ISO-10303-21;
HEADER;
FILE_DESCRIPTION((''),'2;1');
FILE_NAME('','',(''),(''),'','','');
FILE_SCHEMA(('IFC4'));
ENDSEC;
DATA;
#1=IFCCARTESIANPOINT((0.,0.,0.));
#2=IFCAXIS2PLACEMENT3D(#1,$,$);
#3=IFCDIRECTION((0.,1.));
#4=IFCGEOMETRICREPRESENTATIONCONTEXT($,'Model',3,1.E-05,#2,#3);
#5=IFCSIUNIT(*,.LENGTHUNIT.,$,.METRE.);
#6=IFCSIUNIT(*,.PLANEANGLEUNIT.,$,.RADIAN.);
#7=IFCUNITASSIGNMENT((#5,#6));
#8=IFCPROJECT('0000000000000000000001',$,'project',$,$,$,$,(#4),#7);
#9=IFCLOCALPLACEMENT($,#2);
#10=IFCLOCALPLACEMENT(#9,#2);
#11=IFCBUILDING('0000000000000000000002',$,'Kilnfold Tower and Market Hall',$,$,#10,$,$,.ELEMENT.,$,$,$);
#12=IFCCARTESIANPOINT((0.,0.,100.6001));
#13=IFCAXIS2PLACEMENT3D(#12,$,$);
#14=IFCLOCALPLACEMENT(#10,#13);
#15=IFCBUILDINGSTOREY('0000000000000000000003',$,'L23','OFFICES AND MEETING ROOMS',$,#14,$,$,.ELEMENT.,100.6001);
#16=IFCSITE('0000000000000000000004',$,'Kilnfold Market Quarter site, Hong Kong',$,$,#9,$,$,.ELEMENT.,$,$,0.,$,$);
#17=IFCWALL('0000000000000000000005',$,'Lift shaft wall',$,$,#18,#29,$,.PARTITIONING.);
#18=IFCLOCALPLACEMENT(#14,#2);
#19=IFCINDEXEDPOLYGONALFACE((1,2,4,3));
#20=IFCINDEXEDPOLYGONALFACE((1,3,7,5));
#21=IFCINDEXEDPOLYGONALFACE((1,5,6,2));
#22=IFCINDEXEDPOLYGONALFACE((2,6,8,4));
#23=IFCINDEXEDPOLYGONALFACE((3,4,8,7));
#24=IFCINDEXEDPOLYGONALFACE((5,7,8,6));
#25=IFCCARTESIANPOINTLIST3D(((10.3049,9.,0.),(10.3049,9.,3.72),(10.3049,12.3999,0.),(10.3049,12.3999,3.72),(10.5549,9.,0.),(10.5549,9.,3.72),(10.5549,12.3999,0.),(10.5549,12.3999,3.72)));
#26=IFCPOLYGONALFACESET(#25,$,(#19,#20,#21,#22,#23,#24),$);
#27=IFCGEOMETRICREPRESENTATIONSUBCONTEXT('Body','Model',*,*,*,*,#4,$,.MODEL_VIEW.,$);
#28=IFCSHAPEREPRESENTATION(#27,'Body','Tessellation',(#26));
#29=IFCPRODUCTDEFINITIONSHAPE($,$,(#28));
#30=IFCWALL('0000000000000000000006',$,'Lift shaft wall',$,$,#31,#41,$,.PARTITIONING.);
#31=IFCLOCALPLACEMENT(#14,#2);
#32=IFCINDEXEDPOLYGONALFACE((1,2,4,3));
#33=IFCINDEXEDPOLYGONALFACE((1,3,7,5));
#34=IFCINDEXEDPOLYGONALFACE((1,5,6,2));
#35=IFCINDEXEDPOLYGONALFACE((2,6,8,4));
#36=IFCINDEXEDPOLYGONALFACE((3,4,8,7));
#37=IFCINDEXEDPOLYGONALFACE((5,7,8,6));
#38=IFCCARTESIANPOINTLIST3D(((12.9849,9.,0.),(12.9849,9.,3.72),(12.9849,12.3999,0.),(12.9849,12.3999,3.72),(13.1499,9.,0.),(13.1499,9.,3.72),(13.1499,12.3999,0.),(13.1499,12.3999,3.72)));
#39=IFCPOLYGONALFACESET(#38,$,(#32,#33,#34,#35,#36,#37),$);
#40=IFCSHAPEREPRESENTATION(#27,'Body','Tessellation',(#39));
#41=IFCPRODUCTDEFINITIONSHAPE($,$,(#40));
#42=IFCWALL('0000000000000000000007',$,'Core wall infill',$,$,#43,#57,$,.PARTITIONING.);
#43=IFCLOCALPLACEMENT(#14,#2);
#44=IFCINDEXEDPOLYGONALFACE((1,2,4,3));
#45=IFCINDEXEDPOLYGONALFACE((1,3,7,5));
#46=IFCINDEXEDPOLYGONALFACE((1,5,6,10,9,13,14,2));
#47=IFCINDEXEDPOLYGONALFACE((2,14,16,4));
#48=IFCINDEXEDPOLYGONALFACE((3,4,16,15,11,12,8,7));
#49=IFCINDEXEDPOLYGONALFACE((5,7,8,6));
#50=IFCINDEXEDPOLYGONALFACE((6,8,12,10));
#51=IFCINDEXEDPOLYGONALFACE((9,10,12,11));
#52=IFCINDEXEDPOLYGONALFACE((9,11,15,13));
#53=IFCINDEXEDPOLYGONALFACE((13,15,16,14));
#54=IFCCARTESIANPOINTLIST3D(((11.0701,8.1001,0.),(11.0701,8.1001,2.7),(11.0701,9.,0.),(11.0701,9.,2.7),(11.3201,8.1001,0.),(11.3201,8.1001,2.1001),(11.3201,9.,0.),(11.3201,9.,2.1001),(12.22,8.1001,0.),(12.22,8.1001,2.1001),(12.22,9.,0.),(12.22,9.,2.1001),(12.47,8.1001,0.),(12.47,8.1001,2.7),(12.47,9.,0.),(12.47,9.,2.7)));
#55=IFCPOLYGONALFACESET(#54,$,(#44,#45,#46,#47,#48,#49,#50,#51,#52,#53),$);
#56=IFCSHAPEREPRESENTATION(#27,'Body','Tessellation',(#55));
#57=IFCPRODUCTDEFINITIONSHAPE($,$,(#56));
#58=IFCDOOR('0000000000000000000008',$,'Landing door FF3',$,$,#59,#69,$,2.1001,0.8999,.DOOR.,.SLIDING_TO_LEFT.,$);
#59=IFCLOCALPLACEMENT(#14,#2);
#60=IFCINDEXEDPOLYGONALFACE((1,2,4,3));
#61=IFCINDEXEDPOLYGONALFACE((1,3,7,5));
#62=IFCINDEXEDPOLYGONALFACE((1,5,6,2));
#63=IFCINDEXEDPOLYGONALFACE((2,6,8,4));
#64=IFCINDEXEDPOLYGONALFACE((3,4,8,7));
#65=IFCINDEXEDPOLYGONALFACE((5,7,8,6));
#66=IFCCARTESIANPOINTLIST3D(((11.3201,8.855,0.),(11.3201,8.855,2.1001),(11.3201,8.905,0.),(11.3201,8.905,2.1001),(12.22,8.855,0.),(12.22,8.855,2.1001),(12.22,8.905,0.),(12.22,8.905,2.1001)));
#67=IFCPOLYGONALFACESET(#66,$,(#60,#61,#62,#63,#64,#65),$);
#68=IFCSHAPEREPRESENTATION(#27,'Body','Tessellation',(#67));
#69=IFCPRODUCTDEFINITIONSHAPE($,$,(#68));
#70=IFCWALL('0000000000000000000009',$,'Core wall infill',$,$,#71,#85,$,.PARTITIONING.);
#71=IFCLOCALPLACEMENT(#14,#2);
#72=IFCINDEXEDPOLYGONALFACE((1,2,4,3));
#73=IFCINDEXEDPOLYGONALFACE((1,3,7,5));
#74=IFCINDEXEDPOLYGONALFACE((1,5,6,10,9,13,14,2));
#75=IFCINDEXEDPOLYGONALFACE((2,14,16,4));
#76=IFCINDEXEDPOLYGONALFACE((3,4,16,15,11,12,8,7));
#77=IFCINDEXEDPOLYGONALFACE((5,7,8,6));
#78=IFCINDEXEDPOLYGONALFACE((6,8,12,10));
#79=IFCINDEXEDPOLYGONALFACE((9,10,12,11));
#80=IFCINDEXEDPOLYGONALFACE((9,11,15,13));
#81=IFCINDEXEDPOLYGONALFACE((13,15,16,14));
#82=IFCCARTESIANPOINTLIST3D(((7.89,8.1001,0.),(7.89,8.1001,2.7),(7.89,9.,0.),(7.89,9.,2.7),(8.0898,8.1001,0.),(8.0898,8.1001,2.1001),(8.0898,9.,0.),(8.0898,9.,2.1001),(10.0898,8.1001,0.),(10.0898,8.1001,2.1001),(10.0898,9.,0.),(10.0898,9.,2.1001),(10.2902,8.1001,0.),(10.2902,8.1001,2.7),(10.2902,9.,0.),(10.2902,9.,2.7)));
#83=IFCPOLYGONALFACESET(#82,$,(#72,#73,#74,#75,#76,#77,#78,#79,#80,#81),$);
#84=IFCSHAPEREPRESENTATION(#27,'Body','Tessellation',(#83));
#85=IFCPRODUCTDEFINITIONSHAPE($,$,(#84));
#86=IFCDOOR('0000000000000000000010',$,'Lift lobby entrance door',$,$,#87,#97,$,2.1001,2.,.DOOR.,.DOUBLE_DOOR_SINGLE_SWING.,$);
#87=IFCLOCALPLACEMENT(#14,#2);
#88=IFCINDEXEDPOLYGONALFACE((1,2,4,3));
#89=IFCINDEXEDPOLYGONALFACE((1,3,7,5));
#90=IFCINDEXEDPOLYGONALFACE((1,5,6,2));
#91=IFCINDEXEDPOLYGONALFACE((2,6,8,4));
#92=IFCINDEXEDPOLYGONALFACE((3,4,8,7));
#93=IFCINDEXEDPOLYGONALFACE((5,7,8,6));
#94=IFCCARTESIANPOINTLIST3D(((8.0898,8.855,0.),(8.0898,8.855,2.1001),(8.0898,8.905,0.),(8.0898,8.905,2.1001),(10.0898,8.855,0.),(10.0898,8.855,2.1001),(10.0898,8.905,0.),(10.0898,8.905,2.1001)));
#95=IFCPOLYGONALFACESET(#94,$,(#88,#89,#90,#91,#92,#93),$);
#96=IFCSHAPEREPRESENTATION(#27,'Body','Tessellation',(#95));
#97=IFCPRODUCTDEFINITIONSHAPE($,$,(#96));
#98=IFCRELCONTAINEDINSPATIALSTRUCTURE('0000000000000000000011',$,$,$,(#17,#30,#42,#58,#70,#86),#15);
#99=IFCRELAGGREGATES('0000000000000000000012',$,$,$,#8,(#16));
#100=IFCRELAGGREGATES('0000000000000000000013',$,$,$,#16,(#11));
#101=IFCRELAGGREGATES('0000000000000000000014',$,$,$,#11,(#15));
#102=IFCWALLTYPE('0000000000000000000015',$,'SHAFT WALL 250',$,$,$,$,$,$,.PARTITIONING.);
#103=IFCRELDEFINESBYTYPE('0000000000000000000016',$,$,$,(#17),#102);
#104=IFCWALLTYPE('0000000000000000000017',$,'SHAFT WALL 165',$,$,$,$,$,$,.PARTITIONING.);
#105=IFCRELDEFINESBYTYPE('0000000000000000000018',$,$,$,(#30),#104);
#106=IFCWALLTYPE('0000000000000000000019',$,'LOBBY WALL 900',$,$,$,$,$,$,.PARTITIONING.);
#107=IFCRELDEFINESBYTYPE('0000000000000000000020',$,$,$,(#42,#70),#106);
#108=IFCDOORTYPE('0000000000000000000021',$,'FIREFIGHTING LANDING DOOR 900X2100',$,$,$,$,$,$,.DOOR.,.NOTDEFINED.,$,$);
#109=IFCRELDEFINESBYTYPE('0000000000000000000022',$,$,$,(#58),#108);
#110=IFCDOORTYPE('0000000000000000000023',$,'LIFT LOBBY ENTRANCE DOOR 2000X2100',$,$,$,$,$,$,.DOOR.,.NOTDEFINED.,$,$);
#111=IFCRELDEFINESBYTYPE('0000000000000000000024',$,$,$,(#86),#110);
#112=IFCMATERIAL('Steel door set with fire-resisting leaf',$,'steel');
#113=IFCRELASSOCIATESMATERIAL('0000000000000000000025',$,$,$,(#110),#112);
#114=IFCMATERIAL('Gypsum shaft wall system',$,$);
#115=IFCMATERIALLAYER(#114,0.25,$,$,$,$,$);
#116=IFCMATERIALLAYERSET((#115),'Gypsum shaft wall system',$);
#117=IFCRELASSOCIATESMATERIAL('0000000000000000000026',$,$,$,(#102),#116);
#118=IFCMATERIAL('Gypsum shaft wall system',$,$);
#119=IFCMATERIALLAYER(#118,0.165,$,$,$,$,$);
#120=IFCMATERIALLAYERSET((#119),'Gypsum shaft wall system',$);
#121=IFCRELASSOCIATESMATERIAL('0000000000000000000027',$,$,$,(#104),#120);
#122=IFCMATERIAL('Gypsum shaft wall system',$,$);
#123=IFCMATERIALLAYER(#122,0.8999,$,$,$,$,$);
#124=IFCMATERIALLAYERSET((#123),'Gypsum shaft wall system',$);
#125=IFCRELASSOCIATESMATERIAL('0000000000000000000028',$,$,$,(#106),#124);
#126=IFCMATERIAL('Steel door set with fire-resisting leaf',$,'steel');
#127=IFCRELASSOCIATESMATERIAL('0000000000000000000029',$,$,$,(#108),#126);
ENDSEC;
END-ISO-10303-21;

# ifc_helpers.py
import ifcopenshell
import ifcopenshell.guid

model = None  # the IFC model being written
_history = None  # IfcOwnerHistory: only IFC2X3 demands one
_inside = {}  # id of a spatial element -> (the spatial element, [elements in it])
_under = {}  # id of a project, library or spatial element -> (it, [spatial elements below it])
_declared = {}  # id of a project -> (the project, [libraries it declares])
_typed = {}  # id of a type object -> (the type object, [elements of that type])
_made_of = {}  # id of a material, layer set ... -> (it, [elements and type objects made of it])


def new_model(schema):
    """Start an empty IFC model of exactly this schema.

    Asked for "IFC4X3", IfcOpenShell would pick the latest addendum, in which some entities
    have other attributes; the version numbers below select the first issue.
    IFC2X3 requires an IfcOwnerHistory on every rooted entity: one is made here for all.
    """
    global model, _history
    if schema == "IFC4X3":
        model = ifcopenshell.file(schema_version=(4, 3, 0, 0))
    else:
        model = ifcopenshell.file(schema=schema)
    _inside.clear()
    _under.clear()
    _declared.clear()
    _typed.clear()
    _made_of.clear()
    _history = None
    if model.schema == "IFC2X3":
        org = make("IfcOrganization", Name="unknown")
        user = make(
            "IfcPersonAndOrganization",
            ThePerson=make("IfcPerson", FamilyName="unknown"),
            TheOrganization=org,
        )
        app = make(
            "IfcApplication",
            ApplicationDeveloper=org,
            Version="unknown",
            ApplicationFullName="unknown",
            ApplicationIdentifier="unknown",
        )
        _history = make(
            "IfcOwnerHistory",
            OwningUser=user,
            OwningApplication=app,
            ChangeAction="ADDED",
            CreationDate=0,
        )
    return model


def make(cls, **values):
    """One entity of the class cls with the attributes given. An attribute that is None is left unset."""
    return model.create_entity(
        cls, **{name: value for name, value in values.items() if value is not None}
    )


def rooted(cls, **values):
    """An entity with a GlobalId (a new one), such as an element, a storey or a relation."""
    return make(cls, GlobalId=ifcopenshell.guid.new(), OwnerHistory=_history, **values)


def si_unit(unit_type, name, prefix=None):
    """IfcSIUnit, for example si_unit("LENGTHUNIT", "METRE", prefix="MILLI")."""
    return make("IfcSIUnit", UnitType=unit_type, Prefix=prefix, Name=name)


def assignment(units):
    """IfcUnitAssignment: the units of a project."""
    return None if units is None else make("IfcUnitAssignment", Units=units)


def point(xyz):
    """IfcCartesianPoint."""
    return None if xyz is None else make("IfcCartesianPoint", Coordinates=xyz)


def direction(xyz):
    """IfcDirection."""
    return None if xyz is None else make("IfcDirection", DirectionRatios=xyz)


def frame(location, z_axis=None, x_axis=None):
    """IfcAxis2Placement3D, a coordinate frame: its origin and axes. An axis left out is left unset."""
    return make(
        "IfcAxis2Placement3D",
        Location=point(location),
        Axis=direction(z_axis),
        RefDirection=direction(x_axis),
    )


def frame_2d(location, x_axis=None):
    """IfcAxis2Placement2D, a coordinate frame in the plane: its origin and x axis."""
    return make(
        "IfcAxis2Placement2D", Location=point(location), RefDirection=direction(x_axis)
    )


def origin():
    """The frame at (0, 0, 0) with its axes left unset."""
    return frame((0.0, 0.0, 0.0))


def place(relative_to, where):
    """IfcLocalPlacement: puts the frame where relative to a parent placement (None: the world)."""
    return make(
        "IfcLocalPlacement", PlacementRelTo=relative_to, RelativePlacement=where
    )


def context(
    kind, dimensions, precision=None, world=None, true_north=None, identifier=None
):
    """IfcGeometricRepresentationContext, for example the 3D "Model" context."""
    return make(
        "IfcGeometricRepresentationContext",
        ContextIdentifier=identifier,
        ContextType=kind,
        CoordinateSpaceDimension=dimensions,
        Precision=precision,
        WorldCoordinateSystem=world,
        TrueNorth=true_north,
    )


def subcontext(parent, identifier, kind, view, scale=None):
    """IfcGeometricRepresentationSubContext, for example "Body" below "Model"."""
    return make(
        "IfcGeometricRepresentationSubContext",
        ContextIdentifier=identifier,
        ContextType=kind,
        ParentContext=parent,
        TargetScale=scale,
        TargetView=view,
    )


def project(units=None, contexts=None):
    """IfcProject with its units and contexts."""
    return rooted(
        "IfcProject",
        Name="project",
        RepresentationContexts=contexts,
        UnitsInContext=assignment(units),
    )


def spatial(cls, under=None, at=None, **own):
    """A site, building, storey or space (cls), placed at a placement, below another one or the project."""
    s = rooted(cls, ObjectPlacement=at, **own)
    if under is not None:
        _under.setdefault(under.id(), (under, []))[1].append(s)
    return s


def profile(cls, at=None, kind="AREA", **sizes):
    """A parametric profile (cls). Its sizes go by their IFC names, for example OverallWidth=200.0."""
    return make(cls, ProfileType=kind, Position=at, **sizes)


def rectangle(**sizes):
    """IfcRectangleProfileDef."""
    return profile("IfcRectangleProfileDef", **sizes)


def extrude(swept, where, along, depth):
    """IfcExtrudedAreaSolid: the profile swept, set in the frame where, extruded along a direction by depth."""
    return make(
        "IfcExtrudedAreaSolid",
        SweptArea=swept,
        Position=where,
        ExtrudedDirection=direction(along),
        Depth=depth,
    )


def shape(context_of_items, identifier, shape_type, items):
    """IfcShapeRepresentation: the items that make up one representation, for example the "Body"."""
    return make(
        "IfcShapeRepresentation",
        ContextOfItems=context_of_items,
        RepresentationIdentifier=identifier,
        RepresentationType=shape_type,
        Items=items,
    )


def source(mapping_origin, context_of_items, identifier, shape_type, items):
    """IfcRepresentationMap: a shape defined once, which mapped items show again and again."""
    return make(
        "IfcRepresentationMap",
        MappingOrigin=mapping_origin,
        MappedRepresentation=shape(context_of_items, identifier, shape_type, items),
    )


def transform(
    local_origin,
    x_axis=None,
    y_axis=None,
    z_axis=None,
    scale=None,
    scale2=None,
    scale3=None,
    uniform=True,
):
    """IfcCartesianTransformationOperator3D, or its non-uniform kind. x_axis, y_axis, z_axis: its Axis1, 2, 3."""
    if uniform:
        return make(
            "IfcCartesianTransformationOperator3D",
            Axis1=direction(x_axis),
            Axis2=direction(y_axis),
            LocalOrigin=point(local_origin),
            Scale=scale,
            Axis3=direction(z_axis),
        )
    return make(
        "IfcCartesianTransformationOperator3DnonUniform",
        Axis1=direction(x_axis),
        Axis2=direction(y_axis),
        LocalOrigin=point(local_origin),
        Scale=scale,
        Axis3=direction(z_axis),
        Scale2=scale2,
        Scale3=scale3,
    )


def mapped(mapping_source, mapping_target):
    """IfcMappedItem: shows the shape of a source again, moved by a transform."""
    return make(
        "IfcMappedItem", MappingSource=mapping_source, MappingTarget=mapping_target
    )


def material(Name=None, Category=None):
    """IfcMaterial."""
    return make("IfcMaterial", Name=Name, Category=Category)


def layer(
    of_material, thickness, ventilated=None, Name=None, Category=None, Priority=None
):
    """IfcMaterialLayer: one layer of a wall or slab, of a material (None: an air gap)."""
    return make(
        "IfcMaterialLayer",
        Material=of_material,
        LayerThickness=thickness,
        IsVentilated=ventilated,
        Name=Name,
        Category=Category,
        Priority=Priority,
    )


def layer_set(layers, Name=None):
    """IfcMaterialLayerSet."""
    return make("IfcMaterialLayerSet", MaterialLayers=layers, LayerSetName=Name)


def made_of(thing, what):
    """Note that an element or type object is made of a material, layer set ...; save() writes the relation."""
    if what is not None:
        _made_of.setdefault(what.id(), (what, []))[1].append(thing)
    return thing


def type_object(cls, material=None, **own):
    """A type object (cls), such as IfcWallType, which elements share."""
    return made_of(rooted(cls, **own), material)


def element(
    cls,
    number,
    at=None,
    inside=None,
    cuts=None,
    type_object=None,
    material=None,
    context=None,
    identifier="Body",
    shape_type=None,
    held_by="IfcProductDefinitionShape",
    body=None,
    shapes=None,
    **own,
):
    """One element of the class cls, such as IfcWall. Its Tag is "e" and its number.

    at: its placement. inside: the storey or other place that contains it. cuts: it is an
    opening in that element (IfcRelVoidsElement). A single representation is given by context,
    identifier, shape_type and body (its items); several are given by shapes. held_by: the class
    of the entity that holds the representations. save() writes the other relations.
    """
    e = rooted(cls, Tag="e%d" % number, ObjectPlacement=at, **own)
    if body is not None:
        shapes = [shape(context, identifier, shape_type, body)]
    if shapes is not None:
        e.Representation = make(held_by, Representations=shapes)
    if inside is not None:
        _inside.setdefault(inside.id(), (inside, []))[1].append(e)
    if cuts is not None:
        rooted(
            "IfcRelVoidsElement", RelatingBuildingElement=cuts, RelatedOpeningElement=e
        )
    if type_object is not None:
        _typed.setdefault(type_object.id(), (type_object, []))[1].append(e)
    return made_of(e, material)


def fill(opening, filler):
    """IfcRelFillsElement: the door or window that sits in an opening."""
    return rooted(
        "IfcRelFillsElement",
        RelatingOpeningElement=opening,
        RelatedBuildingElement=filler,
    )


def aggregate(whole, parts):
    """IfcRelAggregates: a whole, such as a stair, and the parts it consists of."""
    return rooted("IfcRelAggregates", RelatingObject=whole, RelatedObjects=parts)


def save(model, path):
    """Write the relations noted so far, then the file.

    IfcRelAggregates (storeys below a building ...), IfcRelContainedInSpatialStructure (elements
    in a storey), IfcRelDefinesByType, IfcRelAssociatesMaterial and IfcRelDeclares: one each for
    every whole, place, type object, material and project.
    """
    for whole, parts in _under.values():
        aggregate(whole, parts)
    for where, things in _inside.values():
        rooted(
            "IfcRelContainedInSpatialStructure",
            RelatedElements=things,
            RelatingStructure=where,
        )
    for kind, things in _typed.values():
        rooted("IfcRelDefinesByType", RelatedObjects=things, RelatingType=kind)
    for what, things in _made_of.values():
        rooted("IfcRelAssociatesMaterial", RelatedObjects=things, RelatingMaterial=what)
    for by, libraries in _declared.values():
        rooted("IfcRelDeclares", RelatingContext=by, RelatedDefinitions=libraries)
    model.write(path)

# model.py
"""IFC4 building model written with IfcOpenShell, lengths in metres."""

from ifc_helpers import new_model, si_unit, direction, frame, frame_2d, origin, place, context, subcontext, project, spatial, rectangle, extrude, source, transform, mapped, material, layer, layer_set, type_object, element, fill, save


model = new_model("IFC4")

# Units and contexts
model_context = context("Model", 3, precision=1e-05, world=origin(), true_north=direction((0.0, 1.0)))
body_context = subcontext(model_context, "Body", "Model", "MODEL_VIEW")
ifc_project = project(units=[si_unit("LENGTHUNIT", "METRE"), si_unit("PLANEANGLEUNIT", "RADIAN")], contexts=[model_context])

# Site, building, storey
site_placement = place(None, origin())
site = spatial("IfcSite", under=ifc_project, at=site_placement, Name="Kilnfold Market Quarter site, Hong Kong", CompositionType="ELEMENT", RefElevation=0.0)
building_placement = place(site_placement, origin())
building = spatial("IfcBuilding", under=site, at=building_placement, Name="Kilnfold Tower and Market Hall", CompositionType="ELEMENT")
storey_placement = place(building_placement, frame((0.0, 0.0, 100.6001)))
storey = spatial("IfcBuildingStorey", under=building, at=storey_placement, Name="L23", Description="OFFICES AND MEETING ROOMS", CompositionType="ELEMENT", Elevation=100.6001)

# Shared definitions
ifc_material_1 = material(Name="Steel door set with fire-resisting leaf", Category="steel")
door_type_1 = type_object("IfcDoorType", Name="LIFT LOBBY ENTRANCE DOOR 2000X2100", OperationType="NOTDEFINED", PredefinedType="DOOR", material=ifc_material_1)

# Walls
ifc_material_2 = material(Name="Gypsum shaft wall system")
ifc_layer_1 = layer(ifc_material_2, 0.25)
ifc_layer_set_1 = layer_set([ifc_layer_1], Name="Gypsum shaft wall system")
wall_type_1 = type_object("IfcWallType", Name="SHAFT WALL 250", PredefinedType="PARTITIONING", material=ifc_layer_set_1)
shared_shape_1 = source(origin(), body_context, "Body", "SweptSolid", [
    extrude(rectangle(XDim=3.3999, YDim=0.25, at=frame_2d((1.7, 0.0))), origin(), (0.0, 0.0, 1.0), 3.72),
])
wall_1_placement = place(storey_placement, frame((10.4299, 9.0, 0.0), z_axis=(0.0, 0.0, 1.0), x_axis=(0.0, 1.0, 0.0)))
element("IfcWall", 1, at=wall_1_placement, inside=storey, type_object=wall_type_1, Name="Lift shaft wall", PredefinedType="PARTITIONING", context=body_context, shape_type="MappedRepresentation", body=[
    mapped(shared_shape_1, transform((0.0, 0.0, 0.0))),
])
ifc_material_3 = material(Name="Gypsum shaft wall system")
ifc_layer_2 = layer(ifc_material_3, 0.165)
ifc_layer_set_2 = layer_set([ifc_layer_2], Name="Gypsum shaft wall system")
wall_type_2 = type_object("IfcWallType", Name="SHAFT WALL 165", PredefinedType="PARTITIONING", material=ifc_layer_set_2)
shared_shape_2 = source(origin(), body_context, "Body", "SweptSolid", [
    extrude(rectangle(XDim=3.3999, YDim=0.165, at=frame_2d((1.7, 0.0))), origin(), (0.0, 0.0, 1.0), 3.72),
])
wall_2_placement = place(storey_placement, frame((13.0674, 9.0, 0.0), z_axis=(0.0, 0.0, 1.0), x_axis=(0.0, 1.0, 0.0)))
element("IfcWall", 2, at=wall_2_placement, inside=storey, type_object=wall_type_2, Name="Lift shaft wall", PredefinedType="PARTITIONING", context=body_context, shape_type="MappedRepresentation", body=[
    mapped(shared_shape_2, transform((0.0, 0.0, 0.0))),
])

# Walls, openings, doors
ifc_material_4 = material(Name="Gypsum shaft wall system")
ifc_layer_3 = layer(ifc_material_4, 0.8999)
ifc_layer_set_3 = layer_set([ifc_layer_3], Name="Gypsum shaft wall system")
wall_type_3 = type_object("IfcWallType", Name="LOBBY WALL 900", PredefinedType="PARTITIONING", material=ifc_layer_set_3)
shared_shape_3 = source(origin(), body_context, "Body", "SweptSolid", [
    extrude(rectangle(XDim=1.3999, YDim=0.8999, at=frame_2d((0.7, 0.0))), origin(), (0.0, 0.0, 1.0), 2.7),
])
wall_3_placement = place(storey_placement, frame((11.0701, 8.55, 0.0), z_axis=(0.0, 0.0, 1.0), x_axis=(1.0, 0.0, 0.0)))
wall_3 = element("IfcWall", 3, at=wall_3_placement, inside=storey, type_object=wall_type_3, Name="Core wall infill", PredefinedType="PARTITIONING", context=body_context, shape_type="MappedRepresentation", body=[
    mapped(shared_shape_3, transform((0.0, 0.0, 0.0))),
])
opening_1_placement = place(wall_3_placement, frame((0.25, 0.0, 0.0)))
opening_1 = element("IfcOpeningElement", 4, at=opening_1_placement, cuts=wall_3, PredefinedType="OPENING", context=body_context, shape_type="SweptSolid", body=[
    extrude(rectangle(XDim=0.8999, YDim=2.1001, at=frame_2d((0.45, 1.05))), frame((0.0, 0.46, 0.0), z_axis=(0.0, -1.0, 0.0), x_axis=(1.0, 0.0, 0.0)), (0.0, 0.0, 1.0), 0.9199),
])
ifc_material_5 = material(Name="Steel door set with fire-resisting leaf", Category="steel")
door_type_2 = type_object("IfcDoorType", Name="FIREFIGHTING LANDING DOOR 900X2100", OperationType="NOTDEFINED", PredefinedType="DOOR", material=ifc_material_5)
door_1_placement = place(opening_1_placement, origin())
door_1 = element("IfcDoor", 5, at=door_1_placement, inside=storey, type_object=door_type_2, Name="Landing door FF3", OperationType="SLIDING_TO_LEFT", OverallHeight=2.1001, OverallWidth=0.8999, PredefinedType="DOOR", context=body_context, shape_type="SweptSolid", body=[
    extrude(rectangle(XDim=0.8999, YDim=2.1001, at=frame_2d((0.45, 1.05))), frame((0.0, 0.355, 0.0), z_axis=(0.0, -1.0, 0.0), x_axis=(1.0, 0.0, 0.0)), (0.0, 0.0, 1.0), 0.05),
])
fill(opening_1, door_1)
shared_shape_4 = source(origin(), body_context, "Body", "SweptSolid", [
    extrude(rectangle(XDim=2.4001, YDim=0.8999, at=frame_2d((1.2002, 0.0))), origin(), (0.0, 0.0, 1.0), 2.7),
])
wall_4_placement = place(storey_placement, frame((7.8899, 8.55, 0.0), z_axis=(0.0, 0.0, 1.0), x_axis=(1.0, 0.0, 0.0)))
wall_4 = element("IfcWall", 6, at=wall_4_placement, inside=storey, type_object=wall_type_3, Name="Core wall infill", PredefinedType="PARTITIONING", context=body_context, shape_type="MappedRepresentation", body=[
    mapped(shared_shape_4, transform((0.0, 0.0, 0.0))),
])
opening_2_placement = place(wall_4_placement, frame((0.2, 0.0, 0.0)))
opening_2 = element("IfcOpeningElement", 7, at=opening_2_placement, cuts=wall_4, PredefinedType="OPENING", context=body_context, shape_type="SweptSolid", body=[
    extrude(rectangle(XDim=2.0, YDim=2.1001, at=frame_2d((1.0, 1.05))), frame((0.0, 0.46, 0.0), z_axis=(0.0, -1.0, 0.0), x_axis=(1.0, 0.0, 0.0)), (0.0, 0.0, 1.0), 0.9199),
])
door_2_placement = place(opening_2_placement, origin())
door_2 = element("IfcDoor", 8, at=door_2_placement, inside=storey, type_object=door_type_1, Name="Lift lobby entrance door", OperationType="DOUBLE_DOOR_SINGLE_SWING", OverallHeight=2.1001, OverallWidth=2.0, PredefinedType="DOOR", context=body_context, shape_type="SweptSolid", body=[
    extrude(rectangle(XDim=2.0, YDim=2.1001, at=frame_2d((1.0, 1.05))), frame((0.0, 0.355, 0.0), z_axis=(0.0, -1.0, 0.0), x_axis=(1.0, 0.0, 0.0)), (0.0, 0.0, 1.0), 0.05),
])
fill(opening_2, door_2)

save(model, "model.ifc")
